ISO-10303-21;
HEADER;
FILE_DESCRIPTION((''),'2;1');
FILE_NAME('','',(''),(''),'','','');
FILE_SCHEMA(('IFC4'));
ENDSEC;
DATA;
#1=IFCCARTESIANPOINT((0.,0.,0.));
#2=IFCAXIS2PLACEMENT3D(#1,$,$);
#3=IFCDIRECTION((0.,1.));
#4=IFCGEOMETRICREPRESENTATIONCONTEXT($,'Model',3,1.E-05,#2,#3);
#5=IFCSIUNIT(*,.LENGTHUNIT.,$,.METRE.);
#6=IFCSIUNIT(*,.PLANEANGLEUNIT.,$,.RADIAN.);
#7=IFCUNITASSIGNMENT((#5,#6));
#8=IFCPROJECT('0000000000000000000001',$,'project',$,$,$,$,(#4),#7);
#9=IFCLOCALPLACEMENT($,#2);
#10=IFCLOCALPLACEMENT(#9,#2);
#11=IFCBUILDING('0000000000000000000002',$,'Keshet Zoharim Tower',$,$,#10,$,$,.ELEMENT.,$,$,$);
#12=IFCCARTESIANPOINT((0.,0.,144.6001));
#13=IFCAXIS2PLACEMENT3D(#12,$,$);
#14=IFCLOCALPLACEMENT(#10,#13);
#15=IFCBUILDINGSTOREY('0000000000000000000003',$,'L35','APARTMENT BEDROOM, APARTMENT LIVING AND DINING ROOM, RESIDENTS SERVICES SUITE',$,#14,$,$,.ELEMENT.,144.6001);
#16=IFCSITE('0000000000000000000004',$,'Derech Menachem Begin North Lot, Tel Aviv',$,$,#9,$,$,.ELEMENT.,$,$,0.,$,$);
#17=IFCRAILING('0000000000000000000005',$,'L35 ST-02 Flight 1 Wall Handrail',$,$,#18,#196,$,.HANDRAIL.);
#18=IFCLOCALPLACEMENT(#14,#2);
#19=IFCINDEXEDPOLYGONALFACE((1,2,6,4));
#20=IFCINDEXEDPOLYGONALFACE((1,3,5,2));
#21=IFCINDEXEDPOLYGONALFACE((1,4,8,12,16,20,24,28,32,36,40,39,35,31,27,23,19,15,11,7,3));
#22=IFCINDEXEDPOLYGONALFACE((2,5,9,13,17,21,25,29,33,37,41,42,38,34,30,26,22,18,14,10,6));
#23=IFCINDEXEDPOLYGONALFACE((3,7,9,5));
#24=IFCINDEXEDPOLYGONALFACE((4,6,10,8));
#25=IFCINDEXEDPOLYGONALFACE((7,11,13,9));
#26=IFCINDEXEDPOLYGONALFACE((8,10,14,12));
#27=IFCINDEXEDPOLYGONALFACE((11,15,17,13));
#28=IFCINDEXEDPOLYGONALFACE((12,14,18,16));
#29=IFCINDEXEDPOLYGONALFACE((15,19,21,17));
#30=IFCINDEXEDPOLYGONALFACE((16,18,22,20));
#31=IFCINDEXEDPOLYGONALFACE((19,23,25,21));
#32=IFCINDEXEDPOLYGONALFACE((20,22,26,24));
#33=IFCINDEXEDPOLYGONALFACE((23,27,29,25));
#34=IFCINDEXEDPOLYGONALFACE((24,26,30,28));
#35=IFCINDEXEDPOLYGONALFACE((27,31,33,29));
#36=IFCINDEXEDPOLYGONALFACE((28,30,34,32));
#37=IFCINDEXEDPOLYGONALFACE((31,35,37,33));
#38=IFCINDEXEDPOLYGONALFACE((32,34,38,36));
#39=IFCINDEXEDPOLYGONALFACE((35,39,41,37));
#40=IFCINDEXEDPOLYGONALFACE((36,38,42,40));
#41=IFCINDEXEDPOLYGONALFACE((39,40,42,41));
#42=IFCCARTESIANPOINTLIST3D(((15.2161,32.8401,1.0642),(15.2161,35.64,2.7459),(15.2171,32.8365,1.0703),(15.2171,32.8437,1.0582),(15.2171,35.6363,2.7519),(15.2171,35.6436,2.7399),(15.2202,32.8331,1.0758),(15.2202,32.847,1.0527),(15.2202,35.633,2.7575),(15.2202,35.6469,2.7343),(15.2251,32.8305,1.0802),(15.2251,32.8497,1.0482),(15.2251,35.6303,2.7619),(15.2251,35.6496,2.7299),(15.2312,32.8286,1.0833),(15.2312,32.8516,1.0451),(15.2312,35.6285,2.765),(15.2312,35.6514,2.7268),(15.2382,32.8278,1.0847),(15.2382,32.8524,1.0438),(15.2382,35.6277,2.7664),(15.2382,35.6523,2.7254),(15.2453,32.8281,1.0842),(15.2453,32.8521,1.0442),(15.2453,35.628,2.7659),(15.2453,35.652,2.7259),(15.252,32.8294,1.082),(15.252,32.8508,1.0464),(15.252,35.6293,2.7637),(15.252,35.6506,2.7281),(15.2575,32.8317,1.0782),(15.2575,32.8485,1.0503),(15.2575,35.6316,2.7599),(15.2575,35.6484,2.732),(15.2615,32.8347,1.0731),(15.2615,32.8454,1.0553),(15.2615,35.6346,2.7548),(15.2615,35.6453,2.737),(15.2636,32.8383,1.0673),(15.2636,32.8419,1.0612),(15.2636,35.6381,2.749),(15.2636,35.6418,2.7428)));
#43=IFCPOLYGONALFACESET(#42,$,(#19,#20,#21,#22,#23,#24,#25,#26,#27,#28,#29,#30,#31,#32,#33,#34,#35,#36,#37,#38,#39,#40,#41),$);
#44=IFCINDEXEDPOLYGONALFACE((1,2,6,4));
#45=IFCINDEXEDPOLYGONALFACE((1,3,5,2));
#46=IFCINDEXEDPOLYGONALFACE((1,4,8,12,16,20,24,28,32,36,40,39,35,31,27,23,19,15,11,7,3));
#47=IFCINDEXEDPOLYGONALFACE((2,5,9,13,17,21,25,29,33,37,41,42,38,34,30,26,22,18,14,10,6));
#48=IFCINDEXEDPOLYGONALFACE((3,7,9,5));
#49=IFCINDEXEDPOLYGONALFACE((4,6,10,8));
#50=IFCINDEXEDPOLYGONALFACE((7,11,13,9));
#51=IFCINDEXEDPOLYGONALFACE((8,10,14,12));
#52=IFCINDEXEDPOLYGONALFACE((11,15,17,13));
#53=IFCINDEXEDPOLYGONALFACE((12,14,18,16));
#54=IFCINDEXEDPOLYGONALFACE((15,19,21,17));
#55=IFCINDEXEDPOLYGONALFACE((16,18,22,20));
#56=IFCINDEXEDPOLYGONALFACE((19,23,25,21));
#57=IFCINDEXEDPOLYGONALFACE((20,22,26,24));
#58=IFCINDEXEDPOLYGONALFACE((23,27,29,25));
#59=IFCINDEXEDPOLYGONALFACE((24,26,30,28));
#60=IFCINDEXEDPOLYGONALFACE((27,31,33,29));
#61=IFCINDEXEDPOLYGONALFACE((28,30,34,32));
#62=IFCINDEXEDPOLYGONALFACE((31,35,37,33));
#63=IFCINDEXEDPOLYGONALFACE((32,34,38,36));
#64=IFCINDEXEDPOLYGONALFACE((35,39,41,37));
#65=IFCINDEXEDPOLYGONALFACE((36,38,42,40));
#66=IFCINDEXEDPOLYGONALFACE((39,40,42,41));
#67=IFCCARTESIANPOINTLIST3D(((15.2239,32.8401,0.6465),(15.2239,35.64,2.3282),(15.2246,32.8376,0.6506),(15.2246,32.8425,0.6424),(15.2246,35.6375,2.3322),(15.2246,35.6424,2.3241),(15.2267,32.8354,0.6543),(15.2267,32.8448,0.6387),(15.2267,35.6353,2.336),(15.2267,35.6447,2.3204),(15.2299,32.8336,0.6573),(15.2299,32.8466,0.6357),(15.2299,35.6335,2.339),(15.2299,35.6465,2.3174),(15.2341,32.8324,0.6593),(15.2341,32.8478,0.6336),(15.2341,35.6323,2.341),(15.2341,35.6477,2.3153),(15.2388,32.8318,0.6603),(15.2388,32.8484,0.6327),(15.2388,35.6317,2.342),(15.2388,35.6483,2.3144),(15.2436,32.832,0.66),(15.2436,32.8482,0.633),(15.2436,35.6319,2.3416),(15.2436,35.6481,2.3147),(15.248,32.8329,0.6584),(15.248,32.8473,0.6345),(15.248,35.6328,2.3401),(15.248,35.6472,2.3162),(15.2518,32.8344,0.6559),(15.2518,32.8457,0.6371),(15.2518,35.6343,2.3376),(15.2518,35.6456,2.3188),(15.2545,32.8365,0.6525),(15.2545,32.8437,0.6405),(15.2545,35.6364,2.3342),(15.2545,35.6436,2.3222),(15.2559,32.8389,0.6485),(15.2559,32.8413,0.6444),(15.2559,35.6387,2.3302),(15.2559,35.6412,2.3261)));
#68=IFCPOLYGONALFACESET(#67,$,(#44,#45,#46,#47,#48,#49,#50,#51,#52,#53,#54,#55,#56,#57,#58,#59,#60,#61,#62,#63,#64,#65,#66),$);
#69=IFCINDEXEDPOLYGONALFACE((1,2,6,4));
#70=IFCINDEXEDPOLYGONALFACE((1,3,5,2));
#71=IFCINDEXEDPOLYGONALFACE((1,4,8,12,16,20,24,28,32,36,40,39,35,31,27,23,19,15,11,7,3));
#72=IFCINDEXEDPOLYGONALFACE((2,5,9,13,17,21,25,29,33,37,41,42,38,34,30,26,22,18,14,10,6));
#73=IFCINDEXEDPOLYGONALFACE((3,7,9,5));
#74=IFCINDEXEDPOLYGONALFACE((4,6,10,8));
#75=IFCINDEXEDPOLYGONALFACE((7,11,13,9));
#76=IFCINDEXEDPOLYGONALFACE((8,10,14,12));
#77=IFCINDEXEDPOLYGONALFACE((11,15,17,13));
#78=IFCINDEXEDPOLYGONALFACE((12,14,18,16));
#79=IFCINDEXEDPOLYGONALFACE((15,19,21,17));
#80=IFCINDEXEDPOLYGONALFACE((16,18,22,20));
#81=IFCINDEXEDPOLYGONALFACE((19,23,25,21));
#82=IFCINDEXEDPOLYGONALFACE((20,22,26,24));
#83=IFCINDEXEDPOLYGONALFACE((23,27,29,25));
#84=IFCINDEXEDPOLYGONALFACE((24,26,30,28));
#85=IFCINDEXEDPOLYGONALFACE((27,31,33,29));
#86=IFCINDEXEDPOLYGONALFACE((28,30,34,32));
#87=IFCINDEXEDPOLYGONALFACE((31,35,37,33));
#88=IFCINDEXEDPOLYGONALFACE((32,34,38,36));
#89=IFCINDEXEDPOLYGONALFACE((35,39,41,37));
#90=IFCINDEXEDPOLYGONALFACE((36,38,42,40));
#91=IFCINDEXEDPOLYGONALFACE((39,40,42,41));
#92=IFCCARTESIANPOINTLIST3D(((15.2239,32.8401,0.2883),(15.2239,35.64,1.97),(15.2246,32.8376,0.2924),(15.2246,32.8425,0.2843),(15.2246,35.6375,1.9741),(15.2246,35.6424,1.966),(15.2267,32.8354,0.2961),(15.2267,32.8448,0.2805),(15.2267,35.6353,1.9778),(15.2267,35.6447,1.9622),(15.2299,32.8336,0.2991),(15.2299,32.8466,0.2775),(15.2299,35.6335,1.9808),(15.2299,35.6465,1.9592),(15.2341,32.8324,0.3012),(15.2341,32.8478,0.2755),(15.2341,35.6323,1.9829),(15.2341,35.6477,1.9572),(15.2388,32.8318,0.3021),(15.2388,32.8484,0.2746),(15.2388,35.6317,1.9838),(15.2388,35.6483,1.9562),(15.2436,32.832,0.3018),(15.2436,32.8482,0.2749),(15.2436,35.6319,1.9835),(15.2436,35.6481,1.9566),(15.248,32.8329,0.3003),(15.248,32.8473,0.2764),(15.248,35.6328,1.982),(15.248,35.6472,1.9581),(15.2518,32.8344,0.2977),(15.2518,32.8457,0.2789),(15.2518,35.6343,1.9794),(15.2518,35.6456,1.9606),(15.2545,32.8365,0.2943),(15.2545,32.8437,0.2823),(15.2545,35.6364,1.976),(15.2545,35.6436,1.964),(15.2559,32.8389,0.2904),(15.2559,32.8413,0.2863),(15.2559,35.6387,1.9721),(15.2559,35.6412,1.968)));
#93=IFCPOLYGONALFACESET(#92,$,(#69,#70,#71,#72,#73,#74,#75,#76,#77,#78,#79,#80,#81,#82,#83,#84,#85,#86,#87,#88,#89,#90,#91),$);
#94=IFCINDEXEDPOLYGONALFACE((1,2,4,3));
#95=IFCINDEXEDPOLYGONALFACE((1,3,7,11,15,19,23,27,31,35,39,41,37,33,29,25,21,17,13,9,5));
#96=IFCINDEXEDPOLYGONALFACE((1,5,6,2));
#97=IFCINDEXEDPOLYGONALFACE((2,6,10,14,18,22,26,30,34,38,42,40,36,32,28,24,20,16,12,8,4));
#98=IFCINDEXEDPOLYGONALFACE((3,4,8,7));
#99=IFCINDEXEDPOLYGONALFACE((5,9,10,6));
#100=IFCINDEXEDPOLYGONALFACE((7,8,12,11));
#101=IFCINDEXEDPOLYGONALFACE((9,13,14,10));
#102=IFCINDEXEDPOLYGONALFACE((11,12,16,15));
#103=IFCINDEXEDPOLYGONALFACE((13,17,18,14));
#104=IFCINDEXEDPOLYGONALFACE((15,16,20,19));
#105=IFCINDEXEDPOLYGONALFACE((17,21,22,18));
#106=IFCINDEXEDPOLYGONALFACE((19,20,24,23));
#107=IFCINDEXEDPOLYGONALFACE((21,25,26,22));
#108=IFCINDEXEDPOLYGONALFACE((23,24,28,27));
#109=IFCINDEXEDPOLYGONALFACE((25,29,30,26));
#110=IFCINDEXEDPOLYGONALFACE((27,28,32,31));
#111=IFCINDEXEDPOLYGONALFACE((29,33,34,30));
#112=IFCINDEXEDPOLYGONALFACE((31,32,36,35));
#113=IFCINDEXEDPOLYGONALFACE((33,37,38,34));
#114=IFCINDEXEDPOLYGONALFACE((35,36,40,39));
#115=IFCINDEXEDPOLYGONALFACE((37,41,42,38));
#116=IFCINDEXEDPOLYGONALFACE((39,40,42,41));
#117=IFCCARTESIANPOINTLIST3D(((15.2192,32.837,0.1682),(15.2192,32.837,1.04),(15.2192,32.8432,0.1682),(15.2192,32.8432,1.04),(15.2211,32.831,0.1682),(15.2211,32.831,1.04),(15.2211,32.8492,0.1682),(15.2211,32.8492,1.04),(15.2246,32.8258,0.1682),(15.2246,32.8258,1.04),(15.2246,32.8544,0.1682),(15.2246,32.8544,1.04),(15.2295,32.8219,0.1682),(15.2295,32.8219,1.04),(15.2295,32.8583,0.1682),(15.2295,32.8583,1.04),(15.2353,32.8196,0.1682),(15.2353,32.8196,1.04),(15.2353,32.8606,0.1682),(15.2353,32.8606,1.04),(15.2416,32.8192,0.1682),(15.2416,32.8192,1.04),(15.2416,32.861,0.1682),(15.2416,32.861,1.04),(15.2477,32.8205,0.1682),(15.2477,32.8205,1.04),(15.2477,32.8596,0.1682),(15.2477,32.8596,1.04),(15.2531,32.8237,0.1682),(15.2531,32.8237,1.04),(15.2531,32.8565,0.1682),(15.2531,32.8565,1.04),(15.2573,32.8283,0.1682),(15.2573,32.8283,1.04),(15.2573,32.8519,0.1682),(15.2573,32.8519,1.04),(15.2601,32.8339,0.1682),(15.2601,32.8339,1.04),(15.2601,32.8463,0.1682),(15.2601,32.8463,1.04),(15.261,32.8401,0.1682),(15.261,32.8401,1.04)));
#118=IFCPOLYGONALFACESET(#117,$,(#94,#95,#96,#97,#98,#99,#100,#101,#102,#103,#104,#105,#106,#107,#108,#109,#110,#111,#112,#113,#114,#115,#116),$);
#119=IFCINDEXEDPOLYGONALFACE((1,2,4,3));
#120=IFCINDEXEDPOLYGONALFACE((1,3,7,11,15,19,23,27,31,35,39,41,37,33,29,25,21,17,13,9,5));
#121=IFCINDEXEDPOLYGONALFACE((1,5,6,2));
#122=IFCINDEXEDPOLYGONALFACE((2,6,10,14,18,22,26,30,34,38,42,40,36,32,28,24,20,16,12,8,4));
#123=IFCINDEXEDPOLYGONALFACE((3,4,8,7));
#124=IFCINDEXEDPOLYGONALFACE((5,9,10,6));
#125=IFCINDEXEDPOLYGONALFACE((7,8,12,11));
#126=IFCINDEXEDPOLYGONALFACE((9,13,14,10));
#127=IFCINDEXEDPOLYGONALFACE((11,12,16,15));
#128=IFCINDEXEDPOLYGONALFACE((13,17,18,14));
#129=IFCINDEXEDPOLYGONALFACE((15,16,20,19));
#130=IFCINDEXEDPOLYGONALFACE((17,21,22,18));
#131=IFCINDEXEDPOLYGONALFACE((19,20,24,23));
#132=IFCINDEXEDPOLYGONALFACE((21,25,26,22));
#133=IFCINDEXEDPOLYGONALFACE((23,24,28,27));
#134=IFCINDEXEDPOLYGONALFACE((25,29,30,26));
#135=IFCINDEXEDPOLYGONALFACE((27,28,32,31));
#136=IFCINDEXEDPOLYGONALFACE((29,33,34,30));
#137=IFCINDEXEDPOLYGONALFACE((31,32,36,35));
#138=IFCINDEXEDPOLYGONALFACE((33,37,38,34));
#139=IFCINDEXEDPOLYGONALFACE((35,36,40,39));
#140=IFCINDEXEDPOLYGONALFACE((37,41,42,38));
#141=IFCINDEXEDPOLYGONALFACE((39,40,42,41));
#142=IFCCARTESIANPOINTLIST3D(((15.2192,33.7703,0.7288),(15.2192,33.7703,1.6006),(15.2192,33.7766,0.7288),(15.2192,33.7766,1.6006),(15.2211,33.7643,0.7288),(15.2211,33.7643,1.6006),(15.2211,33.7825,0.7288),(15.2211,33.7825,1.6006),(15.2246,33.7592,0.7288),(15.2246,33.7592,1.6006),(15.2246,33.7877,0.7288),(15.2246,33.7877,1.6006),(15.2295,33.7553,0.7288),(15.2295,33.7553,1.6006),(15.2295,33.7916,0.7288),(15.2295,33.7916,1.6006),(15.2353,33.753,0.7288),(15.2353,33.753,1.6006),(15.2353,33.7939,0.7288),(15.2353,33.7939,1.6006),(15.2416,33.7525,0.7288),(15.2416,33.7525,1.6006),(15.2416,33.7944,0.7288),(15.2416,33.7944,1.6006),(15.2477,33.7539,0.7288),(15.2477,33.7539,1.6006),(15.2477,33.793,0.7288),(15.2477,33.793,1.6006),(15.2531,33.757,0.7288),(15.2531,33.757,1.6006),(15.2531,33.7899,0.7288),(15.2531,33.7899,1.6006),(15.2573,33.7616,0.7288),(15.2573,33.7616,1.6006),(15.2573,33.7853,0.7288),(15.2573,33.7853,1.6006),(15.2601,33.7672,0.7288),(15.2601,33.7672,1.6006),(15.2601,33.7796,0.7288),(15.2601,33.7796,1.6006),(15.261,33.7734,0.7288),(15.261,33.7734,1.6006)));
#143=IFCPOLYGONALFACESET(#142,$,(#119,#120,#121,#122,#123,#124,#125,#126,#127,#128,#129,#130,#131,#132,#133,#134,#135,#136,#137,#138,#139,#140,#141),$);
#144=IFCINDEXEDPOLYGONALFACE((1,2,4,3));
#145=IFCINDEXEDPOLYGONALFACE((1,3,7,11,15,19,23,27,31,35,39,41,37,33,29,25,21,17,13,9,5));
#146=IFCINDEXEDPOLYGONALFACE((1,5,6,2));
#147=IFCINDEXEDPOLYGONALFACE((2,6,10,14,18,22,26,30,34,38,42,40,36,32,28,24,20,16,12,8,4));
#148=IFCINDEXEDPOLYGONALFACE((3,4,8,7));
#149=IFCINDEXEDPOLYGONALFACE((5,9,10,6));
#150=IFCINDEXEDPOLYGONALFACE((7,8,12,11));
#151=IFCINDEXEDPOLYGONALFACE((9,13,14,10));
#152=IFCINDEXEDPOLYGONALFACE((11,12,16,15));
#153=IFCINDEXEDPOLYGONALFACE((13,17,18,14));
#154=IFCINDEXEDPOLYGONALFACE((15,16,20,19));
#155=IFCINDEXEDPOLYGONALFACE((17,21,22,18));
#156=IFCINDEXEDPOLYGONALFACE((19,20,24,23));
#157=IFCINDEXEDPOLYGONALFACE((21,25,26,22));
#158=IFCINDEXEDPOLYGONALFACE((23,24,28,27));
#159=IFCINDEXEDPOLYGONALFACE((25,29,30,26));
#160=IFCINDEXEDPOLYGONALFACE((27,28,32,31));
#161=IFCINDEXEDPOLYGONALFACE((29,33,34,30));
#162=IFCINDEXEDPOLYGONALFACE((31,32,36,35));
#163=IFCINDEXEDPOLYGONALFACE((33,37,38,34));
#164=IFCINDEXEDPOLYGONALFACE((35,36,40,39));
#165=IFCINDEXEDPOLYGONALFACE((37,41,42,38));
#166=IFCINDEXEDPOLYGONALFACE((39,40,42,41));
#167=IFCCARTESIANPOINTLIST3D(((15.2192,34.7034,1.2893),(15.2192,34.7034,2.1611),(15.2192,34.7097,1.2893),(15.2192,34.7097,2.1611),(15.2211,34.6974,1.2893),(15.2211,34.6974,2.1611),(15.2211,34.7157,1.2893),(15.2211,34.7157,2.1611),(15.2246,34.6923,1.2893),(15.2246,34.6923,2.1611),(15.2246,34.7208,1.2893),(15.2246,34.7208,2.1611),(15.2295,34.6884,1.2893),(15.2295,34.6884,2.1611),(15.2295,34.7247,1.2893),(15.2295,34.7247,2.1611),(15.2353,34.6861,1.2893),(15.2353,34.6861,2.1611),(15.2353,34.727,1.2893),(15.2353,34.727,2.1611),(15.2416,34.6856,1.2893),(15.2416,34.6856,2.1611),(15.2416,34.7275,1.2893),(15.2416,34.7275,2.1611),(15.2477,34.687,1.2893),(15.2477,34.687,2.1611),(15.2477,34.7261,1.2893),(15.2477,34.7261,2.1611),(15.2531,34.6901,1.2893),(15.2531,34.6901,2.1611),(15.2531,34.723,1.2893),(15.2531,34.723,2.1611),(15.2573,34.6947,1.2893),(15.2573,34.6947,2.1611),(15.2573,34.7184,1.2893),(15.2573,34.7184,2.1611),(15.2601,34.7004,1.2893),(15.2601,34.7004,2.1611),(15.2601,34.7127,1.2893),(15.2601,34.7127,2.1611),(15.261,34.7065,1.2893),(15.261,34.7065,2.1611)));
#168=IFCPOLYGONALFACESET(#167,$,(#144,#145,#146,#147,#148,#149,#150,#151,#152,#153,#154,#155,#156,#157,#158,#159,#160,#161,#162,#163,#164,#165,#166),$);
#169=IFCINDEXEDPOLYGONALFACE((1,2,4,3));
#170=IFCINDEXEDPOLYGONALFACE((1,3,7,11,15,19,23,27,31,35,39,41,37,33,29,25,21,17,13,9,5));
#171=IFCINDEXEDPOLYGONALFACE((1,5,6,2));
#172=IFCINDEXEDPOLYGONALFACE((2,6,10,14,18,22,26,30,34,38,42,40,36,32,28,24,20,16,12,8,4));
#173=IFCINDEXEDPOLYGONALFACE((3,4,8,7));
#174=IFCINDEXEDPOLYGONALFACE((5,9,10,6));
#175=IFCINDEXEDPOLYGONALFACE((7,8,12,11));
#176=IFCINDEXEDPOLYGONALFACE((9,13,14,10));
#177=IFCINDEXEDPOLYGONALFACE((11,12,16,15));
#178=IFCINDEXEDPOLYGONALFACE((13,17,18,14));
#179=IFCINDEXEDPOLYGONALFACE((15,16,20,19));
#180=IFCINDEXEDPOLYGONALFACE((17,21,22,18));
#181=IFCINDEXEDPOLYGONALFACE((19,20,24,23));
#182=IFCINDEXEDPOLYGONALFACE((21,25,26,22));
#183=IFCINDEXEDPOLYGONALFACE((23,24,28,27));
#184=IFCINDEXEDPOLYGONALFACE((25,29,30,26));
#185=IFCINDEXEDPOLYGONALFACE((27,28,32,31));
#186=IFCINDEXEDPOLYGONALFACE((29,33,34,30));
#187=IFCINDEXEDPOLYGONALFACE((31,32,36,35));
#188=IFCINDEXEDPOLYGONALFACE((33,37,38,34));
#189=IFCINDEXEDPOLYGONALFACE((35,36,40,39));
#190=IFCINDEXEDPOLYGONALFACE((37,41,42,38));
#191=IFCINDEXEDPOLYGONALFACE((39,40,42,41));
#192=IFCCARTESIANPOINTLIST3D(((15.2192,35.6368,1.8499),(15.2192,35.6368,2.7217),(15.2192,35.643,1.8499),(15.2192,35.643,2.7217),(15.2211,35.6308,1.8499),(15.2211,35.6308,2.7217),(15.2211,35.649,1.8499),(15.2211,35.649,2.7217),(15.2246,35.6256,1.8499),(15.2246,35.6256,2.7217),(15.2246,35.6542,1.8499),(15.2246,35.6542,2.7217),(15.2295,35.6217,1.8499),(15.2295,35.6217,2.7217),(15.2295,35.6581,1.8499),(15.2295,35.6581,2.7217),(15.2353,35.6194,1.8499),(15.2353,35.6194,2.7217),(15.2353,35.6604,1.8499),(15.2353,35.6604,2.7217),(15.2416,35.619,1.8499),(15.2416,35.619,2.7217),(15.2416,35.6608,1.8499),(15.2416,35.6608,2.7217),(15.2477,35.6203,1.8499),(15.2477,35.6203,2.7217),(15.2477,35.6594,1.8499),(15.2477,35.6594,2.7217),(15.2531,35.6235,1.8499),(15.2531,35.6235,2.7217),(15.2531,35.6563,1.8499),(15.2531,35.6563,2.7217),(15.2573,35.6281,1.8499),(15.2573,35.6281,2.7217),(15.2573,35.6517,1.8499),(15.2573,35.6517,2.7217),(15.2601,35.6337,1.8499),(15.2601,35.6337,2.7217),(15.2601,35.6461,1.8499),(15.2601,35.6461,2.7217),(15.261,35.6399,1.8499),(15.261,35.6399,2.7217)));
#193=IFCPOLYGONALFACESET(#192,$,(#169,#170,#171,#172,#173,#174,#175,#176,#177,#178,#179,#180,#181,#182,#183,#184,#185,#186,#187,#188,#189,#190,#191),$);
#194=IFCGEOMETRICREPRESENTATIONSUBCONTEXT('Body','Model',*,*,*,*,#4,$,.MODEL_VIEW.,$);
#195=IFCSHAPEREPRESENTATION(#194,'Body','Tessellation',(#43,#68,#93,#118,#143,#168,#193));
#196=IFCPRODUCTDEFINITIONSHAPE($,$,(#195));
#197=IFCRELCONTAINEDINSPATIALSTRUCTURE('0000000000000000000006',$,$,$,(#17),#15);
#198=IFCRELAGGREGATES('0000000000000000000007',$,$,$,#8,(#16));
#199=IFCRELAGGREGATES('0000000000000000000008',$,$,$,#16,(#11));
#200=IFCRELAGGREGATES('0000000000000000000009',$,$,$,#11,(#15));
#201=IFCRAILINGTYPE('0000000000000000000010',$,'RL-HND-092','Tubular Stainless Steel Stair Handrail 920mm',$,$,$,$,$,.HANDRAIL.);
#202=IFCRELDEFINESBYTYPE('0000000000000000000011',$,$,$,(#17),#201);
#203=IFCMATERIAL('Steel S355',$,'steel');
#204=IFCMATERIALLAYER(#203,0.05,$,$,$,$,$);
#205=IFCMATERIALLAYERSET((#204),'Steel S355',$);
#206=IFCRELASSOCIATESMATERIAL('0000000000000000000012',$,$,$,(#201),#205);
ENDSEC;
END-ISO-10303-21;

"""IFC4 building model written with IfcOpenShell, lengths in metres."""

from ifc_helpers import new_model, si_unit, direction, frame, origin, origin_2d, place, context, subcontext, project, spatial, circle, extrude, material, layer, layer_set, type_object, element, save


model = new_model("IFC4")

# Units and contexts
model_context = context("Model", 3, precision=1e-05, world=origin(), true_north=direction((0.0, 1.0)))
body_context = subcontext(model_context, "Body", "Model", "MODEL_VIEW")
ifc_project = project(units=[si_unit("LENGTHUNIT", "METRE"), si_unit("PLANEANGLEUNIT", "RADIAN")], contexts=[model_context])

# Site, building, storey
site_placement = place(None, origin())
site = spatial("IfcSite", under=ifc_project, at=site_placement, Name="Derech Menachem Begin North Lot, Tel Aviv", CompositionType="ELEMENT", RefElevation=0.0)
building_placement = place(site_placement, origin())
building = spatial("IfcBuilding", under=site, at=building_placement, Name="Keshet Zoharim Tower", CompositionType="ELEMENT")
storey_placement = place(building_placement, frame((0.0, 0.0, 144.6001)))
storey = spatial("IfcBuildingStorey", under=building, at=storey_placement, Name="L35", Description="APARTMENT BEDROOM, APARTMENT LIVING AND DINING ROOM, RESIDENTS SERVICES SUITE", CompositionType="ELEMENT", Elevation=144.6001)

# Shared definitions
ifc_material_1 = material(Name="Steel S355", Category="steel")

# Railing
ifc_layer_1 = layer(ifc_material_1, 0.05)
ifc_layer_set_1 = layer_set([ifc_layer_1], Name="Steel S355")
railing_type_1 = type_object("IfcRailingType", Name="RL-HND-092", Description="Tubular Stainless Steel Stair Handrail 920mm", PredefinedType="HANDRAIL", material=ifc_layer_set_1)
railing_1_placement = place(storey_placement, frame((15.24, 32.8401, 0.1682)))
element("IfcRailing", 1, at=railing_1_placement, inside=storey, type_object=railing_type_1, Name="L35 ST-02 Flight 1 Wall Handrail", PredefinedType="HANDRAIL", context=body_context, shape_type="SweptSolid", body=[
    extrude(circle(Radius=0.0239, at=origin_2d()), frame((0.0, 0.0, 0.896), z_axis=(0.0, 0.857255, 0.514891), x_axis=(-1.0, 0.0, 0.0)), (0.0, 0.0, 1.0), 3.2661),
    extrude(circle(Radius=0.0161, at=origin_2d()), frame((0.0, 0.0, 0.4783), z_axis=(0.0, 0.857255, 0.514891), x_axis=(-1.0, 0.0, 0.0)), (0.0, 0.0, 1.0), 3.2661),
    extrude(circle(Radius=0.0161, at=origin_2d()), frame((0.0, 0.0, 0.1201), z_axis=(0.0, 0.857255, 0.514891), x_axis=(-1.0, 0.0, 0.0)), (0.0, 0.0, 1.0), 3.2661),
    extrude(circle(Radius=0.021, at=origin_2d()), origin(), (0.0, 0.0, 1.0), 0.8718),
    extrude(circle(Radius=0.021, at=origin_2d()), frame((0.0, 0.9333, 0.5605)), (0.0, 0.0, 1.0), 0.8718),
    extrude(circle(Radius=0.021, at=origin_2d()), frame((0.0, 1.8665, 1.1211)), (0.0, 0.0, 1.0), 0.8718),
    extrude(circle(Radius=0.021, at=origin_2d()), frame((0.0, 2.7998, 1.6816)), (0.0, 0.0, 1.0), 0.8718),
])

save(model, "model.ifc")
